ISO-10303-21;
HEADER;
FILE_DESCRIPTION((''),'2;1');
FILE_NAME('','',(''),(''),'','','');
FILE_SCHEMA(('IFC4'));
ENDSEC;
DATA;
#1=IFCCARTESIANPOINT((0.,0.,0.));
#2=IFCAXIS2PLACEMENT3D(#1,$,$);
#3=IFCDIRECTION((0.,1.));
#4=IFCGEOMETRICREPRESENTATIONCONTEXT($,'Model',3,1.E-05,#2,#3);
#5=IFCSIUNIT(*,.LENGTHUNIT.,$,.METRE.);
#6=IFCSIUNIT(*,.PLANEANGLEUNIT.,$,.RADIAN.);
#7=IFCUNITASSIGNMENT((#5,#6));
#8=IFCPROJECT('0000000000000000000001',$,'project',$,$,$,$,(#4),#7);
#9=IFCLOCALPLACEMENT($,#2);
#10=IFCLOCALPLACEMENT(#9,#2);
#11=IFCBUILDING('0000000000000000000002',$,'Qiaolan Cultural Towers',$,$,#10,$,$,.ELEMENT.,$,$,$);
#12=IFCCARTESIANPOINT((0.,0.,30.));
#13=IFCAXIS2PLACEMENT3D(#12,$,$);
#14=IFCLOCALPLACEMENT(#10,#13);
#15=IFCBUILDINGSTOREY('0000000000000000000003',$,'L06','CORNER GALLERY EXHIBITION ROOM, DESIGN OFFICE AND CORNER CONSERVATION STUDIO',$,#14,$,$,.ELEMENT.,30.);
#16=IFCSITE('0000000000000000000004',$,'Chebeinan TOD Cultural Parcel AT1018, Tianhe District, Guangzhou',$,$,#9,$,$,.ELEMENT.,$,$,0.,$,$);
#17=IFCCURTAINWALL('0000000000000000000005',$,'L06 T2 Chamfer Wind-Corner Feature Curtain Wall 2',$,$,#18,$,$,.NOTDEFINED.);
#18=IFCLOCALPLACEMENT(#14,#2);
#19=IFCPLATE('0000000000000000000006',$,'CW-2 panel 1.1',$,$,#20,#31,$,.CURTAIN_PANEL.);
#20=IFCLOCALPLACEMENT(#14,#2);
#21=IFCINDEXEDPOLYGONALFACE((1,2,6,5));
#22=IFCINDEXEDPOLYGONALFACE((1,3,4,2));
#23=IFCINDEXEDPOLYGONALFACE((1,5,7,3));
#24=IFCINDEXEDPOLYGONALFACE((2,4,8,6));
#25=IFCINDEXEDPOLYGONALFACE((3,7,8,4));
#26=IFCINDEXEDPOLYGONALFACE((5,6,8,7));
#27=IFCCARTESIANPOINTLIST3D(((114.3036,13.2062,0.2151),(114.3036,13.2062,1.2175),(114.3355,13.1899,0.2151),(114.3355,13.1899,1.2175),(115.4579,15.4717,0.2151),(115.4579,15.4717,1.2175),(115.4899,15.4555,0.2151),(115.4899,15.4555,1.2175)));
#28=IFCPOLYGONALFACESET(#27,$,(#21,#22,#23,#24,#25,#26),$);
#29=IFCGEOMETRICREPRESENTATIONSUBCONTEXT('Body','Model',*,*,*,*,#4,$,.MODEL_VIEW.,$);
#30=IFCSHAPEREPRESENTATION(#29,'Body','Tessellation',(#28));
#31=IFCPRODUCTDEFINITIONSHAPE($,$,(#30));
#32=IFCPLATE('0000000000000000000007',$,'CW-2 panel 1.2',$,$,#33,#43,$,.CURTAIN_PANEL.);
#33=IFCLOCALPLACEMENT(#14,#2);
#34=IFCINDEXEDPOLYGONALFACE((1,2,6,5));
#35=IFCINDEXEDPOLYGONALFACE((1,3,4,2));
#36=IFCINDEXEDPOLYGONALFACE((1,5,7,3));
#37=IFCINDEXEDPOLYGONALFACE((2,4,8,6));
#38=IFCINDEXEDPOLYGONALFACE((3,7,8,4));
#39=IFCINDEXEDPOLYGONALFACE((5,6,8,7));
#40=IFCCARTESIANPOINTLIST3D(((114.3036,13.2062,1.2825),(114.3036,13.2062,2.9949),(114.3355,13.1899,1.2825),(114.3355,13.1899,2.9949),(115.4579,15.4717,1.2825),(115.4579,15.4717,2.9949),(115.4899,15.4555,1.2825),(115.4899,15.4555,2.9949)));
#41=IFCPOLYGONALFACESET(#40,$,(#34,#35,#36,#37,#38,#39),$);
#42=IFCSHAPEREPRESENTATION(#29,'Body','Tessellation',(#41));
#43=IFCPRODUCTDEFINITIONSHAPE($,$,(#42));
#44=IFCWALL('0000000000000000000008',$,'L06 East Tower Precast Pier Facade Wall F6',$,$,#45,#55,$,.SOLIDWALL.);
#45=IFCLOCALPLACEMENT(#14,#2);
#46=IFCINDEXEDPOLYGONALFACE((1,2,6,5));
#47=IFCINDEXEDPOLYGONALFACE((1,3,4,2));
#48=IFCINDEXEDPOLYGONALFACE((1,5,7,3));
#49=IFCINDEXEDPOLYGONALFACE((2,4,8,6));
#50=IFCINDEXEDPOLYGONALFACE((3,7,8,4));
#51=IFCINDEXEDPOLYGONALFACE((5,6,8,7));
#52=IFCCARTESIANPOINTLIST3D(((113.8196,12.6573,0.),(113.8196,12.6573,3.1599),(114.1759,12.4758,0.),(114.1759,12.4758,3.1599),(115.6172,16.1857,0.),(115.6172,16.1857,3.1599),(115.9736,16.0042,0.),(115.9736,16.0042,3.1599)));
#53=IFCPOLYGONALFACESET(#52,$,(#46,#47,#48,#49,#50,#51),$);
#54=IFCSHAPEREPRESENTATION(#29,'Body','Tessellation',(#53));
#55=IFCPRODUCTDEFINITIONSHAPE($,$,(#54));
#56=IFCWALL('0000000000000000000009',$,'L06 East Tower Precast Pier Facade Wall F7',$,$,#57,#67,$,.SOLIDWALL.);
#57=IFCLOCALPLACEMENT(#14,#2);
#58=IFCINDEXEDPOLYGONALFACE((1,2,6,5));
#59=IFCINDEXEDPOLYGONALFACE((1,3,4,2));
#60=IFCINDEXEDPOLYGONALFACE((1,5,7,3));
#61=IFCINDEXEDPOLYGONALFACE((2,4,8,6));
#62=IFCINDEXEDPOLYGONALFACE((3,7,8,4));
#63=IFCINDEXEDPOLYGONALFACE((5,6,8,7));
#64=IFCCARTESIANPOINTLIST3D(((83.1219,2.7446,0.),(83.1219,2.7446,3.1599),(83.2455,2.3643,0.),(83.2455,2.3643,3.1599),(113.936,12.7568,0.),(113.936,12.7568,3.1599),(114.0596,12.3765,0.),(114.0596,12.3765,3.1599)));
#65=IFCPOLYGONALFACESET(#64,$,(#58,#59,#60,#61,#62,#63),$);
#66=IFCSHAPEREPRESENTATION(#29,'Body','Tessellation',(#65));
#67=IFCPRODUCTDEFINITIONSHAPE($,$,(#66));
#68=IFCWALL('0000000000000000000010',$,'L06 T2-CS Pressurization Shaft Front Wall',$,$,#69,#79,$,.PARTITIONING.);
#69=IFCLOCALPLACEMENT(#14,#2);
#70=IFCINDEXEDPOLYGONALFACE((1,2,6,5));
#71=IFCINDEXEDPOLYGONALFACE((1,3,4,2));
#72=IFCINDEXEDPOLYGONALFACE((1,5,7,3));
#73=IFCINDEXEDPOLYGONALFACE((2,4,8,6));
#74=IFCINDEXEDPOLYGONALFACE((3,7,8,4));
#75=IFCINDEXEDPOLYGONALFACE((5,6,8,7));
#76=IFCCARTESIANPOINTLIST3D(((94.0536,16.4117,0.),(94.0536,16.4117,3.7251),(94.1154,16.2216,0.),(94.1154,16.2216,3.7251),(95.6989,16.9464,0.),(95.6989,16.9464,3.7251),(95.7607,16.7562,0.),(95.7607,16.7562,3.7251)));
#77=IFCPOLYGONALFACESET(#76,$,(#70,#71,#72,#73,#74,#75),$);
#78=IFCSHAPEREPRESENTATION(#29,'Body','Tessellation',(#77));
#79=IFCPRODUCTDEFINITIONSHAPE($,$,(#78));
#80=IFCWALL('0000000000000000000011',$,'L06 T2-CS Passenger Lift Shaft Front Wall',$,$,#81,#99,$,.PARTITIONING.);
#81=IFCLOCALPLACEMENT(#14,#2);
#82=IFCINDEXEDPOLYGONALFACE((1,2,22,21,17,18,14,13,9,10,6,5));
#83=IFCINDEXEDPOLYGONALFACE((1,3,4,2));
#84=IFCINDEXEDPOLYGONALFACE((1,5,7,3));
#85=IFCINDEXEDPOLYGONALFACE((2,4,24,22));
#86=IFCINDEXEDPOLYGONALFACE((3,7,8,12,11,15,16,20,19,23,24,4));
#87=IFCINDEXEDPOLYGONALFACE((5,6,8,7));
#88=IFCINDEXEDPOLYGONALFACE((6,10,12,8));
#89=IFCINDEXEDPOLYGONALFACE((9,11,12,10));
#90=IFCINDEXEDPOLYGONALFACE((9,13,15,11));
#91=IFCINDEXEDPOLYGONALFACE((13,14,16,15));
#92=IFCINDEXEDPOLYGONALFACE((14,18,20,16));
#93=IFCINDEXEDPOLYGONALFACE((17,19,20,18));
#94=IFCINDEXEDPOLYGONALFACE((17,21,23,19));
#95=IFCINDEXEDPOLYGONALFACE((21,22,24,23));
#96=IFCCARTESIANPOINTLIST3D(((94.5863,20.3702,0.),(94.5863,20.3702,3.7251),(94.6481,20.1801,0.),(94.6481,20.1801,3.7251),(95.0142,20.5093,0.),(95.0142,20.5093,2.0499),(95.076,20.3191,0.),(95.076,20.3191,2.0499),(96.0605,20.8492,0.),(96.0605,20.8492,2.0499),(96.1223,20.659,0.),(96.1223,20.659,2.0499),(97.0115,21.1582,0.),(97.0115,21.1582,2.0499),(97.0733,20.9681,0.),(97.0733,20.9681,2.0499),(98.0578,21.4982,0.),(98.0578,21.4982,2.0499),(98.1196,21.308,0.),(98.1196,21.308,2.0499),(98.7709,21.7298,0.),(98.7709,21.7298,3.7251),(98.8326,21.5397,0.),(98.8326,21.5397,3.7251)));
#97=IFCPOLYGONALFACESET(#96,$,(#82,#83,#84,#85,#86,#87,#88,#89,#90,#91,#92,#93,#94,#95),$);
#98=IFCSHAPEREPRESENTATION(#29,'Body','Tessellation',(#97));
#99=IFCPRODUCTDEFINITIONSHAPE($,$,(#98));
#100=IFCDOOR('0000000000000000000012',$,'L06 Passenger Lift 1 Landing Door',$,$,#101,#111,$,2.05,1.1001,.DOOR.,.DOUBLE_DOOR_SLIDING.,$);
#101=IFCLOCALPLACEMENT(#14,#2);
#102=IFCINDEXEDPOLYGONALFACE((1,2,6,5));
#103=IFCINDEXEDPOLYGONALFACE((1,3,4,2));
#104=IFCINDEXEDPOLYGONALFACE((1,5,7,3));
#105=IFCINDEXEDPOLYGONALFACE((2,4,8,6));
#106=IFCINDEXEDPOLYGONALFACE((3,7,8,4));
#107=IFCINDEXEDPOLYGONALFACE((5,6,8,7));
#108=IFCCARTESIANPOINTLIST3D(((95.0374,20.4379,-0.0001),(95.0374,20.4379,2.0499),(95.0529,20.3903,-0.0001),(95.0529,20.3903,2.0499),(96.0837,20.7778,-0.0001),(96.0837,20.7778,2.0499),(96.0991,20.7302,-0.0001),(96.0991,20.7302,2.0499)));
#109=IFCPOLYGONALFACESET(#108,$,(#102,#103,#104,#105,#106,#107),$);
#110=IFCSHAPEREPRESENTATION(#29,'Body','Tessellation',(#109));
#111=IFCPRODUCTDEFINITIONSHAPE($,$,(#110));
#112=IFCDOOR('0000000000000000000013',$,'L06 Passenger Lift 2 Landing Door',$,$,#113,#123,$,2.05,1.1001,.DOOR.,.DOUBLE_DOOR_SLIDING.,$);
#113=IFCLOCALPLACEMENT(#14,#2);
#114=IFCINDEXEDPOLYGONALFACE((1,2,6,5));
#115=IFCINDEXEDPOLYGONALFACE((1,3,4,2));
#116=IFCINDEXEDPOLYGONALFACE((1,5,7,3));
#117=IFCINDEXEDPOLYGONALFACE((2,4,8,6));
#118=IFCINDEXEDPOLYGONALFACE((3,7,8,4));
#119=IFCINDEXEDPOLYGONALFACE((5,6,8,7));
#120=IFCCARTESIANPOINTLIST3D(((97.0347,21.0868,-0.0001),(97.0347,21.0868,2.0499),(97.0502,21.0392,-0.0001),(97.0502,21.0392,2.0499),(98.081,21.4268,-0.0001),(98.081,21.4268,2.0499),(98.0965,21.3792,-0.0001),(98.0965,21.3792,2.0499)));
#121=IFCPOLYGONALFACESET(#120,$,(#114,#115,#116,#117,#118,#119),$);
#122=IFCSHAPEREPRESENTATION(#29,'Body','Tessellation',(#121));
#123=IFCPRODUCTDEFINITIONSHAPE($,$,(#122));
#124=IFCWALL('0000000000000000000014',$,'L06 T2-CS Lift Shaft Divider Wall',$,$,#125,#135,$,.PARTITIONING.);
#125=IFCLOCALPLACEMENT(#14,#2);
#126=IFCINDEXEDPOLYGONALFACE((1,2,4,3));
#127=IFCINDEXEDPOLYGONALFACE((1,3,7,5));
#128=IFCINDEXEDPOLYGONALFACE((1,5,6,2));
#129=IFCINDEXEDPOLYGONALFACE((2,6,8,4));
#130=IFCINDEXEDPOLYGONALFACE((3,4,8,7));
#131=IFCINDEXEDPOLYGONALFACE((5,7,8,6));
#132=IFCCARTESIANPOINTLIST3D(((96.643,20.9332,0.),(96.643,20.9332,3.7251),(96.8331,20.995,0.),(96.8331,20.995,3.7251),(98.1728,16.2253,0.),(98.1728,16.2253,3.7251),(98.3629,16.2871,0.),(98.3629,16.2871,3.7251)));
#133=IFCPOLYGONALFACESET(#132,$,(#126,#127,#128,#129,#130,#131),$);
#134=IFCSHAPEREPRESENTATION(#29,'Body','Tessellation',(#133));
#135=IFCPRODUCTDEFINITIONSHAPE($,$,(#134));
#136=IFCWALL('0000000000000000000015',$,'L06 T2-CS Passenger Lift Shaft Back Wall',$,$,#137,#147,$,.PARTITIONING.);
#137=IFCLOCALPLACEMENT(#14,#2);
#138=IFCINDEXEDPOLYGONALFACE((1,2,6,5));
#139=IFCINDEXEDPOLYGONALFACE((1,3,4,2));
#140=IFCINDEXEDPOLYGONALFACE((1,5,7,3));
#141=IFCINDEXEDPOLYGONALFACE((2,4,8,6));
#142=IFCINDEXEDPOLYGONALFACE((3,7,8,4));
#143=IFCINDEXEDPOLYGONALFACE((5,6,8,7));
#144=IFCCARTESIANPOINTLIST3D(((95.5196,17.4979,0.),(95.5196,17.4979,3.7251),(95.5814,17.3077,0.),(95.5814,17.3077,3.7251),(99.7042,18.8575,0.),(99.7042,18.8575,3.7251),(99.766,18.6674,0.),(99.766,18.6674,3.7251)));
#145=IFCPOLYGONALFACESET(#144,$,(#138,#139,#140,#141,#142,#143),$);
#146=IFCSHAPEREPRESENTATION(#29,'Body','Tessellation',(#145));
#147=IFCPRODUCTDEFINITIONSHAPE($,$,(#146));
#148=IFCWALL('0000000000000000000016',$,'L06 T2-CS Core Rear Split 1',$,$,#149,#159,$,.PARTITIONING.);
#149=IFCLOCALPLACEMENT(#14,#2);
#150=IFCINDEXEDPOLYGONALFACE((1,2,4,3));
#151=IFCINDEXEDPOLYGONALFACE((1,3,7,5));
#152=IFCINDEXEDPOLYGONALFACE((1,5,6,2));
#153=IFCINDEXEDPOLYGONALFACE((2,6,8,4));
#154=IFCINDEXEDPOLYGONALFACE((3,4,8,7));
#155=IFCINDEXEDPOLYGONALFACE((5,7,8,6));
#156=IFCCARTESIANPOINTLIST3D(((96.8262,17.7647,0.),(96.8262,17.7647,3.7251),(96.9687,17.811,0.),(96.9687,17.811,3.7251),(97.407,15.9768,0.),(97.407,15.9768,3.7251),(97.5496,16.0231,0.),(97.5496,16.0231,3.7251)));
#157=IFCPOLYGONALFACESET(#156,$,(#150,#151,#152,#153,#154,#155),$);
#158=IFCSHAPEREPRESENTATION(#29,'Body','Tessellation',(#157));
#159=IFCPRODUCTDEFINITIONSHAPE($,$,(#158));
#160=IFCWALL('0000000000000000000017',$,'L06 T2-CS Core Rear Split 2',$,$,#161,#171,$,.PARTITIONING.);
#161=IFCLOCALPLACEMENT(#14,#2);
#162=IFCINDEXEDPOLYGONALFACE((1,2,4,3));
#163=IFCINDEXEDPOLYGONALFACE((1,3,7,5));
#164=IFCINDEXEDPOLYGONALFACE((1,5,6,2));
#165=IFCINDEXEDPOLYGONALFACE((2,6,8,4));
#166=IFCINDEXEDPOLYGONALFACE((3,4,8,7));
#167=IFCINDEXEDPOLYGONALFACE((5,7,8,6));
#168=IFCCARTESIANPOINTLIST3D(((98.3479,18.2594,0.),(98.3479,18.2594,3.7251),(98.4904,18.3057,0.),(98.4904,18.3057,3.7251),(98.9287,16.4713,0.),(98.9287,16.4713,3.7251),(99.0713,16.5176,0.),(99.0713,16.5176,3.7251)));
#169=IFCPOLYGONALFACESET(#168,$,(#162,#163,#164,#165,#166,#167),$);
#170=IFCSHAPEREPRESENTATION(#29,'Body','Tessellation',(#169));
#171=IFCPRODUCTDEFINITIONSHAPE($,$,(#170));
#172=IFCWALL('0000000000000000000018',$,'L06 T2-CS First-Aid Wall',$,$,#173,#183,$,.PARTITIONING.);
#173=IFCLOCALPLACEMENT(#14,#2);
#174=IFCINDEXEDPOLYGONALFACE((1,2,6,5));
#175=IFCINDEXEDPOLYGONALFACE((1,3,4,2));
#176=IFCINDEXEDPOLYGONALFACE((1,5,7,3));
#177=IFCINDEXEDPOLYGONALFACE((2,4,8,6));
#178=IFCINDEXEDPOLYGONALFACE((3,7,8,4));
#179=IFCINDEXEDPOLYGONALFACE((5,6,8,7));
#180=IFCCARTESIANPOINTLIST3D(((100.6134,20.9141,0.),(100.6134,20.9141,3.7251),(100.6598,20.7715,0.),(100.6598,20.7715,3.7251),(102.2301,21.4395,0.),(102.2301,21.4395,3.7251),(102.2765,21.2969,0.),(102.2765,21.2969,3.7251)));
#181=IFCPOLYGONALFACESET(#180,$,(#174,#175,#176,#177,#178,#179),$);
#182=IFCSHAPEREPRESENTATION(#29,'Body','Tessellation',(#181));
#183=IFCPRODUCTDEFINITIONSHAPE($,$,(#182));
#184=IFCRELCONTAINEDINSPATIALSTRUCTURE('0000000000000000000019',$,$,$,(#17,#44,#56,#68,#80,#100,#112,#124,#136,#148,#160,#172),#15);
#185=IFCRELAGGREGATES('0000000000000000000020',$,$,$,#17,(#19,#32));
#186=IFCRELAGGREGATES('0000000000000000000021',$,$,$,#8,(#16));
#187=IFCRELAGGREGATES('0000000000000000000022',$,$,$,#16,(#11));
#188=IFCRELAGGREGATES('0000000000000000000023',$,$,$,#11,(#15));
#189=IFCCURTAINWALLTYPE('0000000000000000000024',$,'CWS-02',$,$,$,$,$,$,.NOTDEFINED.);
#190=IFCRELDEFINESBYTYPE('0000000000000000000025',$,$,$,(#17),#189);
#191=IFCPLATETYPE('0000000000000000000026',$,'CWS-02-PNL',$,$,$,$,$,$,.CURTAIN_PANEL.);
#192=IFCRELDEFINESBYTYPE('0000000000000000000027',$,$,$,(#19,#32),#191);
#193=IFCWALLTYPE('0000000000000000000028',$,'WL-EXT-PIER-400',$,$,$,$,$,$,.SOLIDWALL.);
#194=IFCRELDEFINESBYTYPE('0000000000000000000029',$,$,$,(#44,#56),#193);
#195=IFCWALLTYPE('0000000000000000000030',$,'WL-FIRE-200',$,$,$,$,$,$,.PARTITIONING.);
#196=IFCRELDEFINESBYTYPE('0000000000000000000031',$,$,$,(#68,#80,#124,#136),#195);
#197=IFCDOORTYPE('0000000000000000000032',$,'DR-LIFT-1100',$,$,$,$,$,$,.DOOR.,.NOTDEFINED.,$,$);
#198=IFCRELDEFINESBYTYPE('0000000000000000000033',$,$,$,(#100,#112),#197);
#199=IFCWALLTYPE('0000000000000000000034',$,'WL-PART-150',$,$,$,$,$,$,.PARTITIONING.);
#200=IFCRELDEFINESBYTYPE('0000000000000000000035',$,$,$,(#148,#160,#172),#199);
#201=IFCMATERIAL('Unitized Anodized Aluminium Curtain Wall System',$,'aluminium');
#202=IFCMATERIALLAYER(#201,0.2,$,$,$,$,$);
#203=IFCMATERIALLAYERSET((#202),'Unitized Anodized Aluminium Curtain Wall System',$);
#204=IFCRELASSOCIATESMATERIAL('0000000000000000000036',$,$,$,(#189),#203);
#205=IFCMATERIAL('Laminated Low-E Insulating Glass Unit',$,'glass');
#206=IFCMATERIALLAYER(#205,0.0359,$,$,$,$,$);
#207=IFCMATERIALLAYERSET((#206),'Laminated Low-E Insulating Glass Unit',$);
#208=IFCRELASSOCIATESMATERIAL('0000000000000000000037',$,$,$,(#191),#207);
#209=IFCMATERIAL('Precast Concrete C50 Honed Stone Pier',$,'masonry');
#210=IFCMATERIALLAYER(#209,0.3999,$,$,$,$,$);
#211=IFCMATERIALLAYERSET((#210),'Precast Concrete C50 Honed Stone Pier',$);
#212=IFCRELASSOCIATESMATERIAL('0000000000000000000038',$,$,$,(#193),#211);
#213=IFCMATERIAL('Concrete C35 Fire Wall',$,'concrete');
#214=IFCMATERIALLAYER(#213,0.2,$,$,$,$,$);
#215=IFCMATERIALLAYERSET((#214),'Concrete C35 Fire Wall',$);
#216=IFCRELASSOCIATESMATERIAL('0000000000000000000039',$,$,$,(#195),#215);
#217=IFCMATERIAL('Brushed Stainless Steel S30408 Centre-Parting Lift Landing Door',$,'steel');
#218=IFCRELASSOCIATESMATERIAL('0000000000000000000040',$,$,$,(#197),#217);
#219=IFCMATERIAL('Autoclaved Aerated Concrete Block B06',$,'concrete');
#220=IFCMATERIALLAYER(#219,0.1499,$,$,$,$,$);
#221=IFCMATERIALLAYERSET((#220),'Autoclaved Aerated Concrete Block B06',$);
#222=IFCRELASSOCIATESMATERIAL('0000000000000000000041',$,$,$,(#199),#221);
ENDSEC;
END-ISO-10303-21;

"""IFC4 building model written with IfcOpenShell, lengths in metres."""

from ifc_helpers import new_model, si_unit, direction, frame, frame_2d, origin, origin_2d, place, context, subcontext, project, spatial, rectangle, extrude, material, layer, layer_set, type_object, element, fill, aggregate, save


model = new_model("IFC4")

# Units and contexts
model_context = context("Model", 3, precision=1e-05, world=origin(), true_north=direction((0.0, 1.0)))
body_context = subcontext(model_context, "Body", "Model", "MODEL_VIEW")
ifc_project = project(units=[si_unit("LENGTHUNIT", "METRE"), si_unit("PLANEANGLEUNIT", "RADIAN")], contexts=[model_context])

# Site, building, storey
site_placement = place(None, origin())
site = spatial("IfcSite", under=ifc_project, at=site_placement, Name="Chebeinan TOD Cultural Parcel AT1018, Tianhe District, Guangzhou", CompositionType="ELEMENT", RefElevation=0.0)
building_placement = place(site_placement, origin())
building = spatial("IfcBuilding", under=site, at=building_placement, Name="Qiaolan Cultural Towers", CompositionType="ELEMENT")
storey_placement = place(building_placement, frame((0.0, 0.0, 30.0)))
storey = spatial("IfcBuildingStorey", under=building, at=storey_placement, Name="L06", Description="CORNER GALLERY EXHIBITION ROOM, DESIGN OFFICE AND CORNER CONSERVATION STUDIO", CompositionType="ELEMENT", Elevation=30.0)

# Curtain wall, plates
ifc_material_1 = material(Name="Unitized Anodized Aluminium Curtain Wall System", Category="aluminium")
ifc_layer_1 = layer(ifc_material_1, 0.2)
ifc_layer_set_1 = layer_set([ifc_layer_1], Name="Unitized Anodized Aluminium Curtain Wall System")
curtain_wall_type = type_object("IfcCurtainWallType", Name="CWS-02", PredefinedType="NOTDEFINED", material=ifc_layer_set_1)
curtain_wall_placement = place(storey_placement, origin())
curtain_wall = element("IfcCurtainWall", 1, at=curtain_wall_placement, inside=storey, type_object=curtain_wall_type, Name="L06 T2 Chamfer Wind-Corner Feature Curtain Wall 2", PredefinedType="NOTDEFINED")
ifc_material_2 = material(Name="Laminated Low-E Insulating Glass Unit", Category="glass")
ifc_layer_2 = layer(ifc_material_2, 0.0359)
ifc_layer_set_2 = layer_set([ifc_layer_2], Name="Laminated Low-E Insulating Glass Unit")
plate_type = type_object("IfcPlateType", Name="CWS-02-PNL", PredefinedType="CURTAIN_PANEL", material=ifc_layer_set_2)
plate_1_placement = place(storey_placement, frame((114.8967, 14.3308, 0.2151), z_axis=(0.0, 0.0, 1.0), x_axis=(-0.45399, -0.891007, 0.0)))
plate_1 = element("IfcPlate", 2, at=plate_1_placement, type_object=plate_type, Name="CW-2 panel 1.1", PredefinedType="CURTAIN_PANEL", context=body_context, shape_type="SweptSolid", body=[
    extrude(rectangle(XDim=2.5427, YDim=0.0359, at=origin_2d()), origin(), (0.0, 0.0, 1.0), 1.0024),
])
plate_2_placement = place(storey_placement, frame((114.8967, 14.3308, 1.2825), z_axis=(0.0, 0.0, 1.0), x_axis=(-0.45399, -0.891007, 0.0)))
plate_2 = element("IfcPlate", 3, at=plate_2_placement, type_object=plate_type, Name="CW-2 panel 1.2", PredefinedType="CURTAIN_PANEL", context=body_context, shape_type="SweptSolid", body=[
    extrude(rectangle(XDim=2.5427, YDim=0.0359, at=origin_2d()), origin(), (0.0, 0.0, 1.0), 1.7124),
])
aggregate(curtain_wall, [plate_1, plate_2])

# Walls
ifc_material_3 = material(Name="Precast Concrete C50 Honed Stone Pier", Category="masonry")
ifc_layer_3 = layer(ifc_material_3, 0.3999)
ifc_layer_set_3 = layer_set([ifc_layer_3], Name="Precast Concrete C50 Honed Stone Pier")
wall_type_1 = type_object("IfcWallType", Name="WL-EXT-PIER-400", PredefinedType="SOLIDWALL", material=ifc_layer_set_3)
wall_1_placement = place(storey_placement, frame((115.7954, 16.095, 0.0), z_axis=(0.0, 0.0, 1.0), x_axis=(-0.453958, -0.891023, 0.0)))
element("IfcWall", 4, at=wall_1_placement, inside=storey, type_object=wall_type_1, Name="L06 East Tower Precast Pier Facade Wall F6", PredefinedType="SOLIDWALL", context=body_context, shape_type="SweptSolid", body=[
    extrude(rectangle(XDim=3.96, YDim=0.3999, at=frame_2d((1.98, 0.0))), origin(), (0.0, 0.0, 1.0), 3.1599),
])
wall_2_placement = place(storey_placement, frame((113.9978, 12.5667, 0.0), z_axis=(0.0, 0.0, 1.0), x_axis=(-0.951056, -0.309019, 0.0)))
element("IfcWall", 5, at=wall_2_placement, inside=storey, type_object=wall_type_1, Name="L06 East Tower Precast Pier Facade Wall F7", PredefinedType="SOLIDWALL", context=body_context, shape_type="SweptSolid", body=[
    extrude(rectangle(XDim=32.3999, YDim=0.3999, at=frame_2d((16.2, 0.0))), origin(), (0.0, 0.0, 1.0), 3.1599),
])
ifc_material_4 = material(Name="Concrete C35 Fire Wall", Category="concrete")
ifc_layer_4 = layer(ifc_material_4, 0.2)
ifc_layer_set_4 = layer_set([ifc_layer_4], Name="Concrete C35 Fire Wall")
wall_type_2 = type_object("IfcWallType", Name="WL-FIRE-200", PredefinedType="PARTITIONING", material=ifc_layer_set_4)
wall_3_placement = place(storey_placement, frame((94.0845, 16.3167, 0.0), z_axis=(0.0, 0.0, 1.0), x_axis=(0.951041, 0.309064, 0.0)))
element("IfcWall", 6, at=wall_3_placement, inside=storey, type_object=wall_type_2, Name="L06 T2-CS Pressurization Shaft Front Wall", PredefinedType="PARTITIONING", context=body_context, shape_type="SweptSolid", body=[
    extrude(rectangle(XDim=1.73, YDim=0.2, at=frame_2d((0.865, 0.0))), origin(), (0.0, 0.0, 1.0), 3.7251),
])

# Wall, openings, doors
wall_4_placement = place(storey_placement, frame((94.6172, 20.2751, 0.0), z_axis=(0.0, 0.0, 1.0), x_axis=(0.951059, 0.309011, 0.0)))
wall_4 = element("IfcWall", 7, at=wall_4_placement, inside=storey, type_object=wall_type_2, Name="L06 T2-CS Passenger Lift Shaft Front Wall", PredefinedType="PARTITIONING", context=body_context, shape_type="SweptSolid", body=[
    extrude(rectangle(XDim=4.3999, YDim=0.2, at=frame_2d((2.2, 0.0))), origin(), (0.0, 0.0, 1.0), 3.7251),
])
opening_1_placement = place(wall_4_placement, frame((0.45, 0.0, 0.0)))
opening_1 = element("IfcOpeningElement", 8, at=opening_1_placement, cuts=wall_4, PredefinedType="OPENING", context=body_context, shape_type="SweptSolid", body=[
    extrude(rectangle(XDim=1.1001, YDim=2.05, at=frame_2d((0.55, 1.0249))), frame((0.0, 0.1099, 0.0), z_axis=(0.0, -1.0, 0.0), x_axis=(1.0, 0.0, 0.0)), (0.0, 0.0, 1.0), 0.22),
])
opening_2_placement = place(wall_4_placement, frame((2.55, 0.0, 0.0)))
opening_2 = element("IfcOpeningElement", 9, at=opening_2_placement, cuts=wall_4, PredefinedType="OPENING", context=body_context, shape_type="SweptSolid", body=[
    extrude(rectangle(XDim=1.1001, YDim=2.05, at=frame_2d((0.55, 1.0249))), frame((0.0, 0.1099, 0.0), z_axis=(0.0, -1.0, 0.0), x_axis=(1.0, 0.0, 0.0)), (0.0, 0.0, 1.0), 0.22),
])
ifc_material_5 = material(Name="Brushed Stainless Steel S30408 Centre-Parting Lift Landing Door", Category="steel")
door_type = type_object("IfcDoorType", Name="DR-LIFT-1100", OperationType="NOTDEFINED", PredefinedType="DOOR", material=ifc_material_5)
door_1_placement = place(opening_1_placement, origin())
door_1 = element("IfcDoor", 10, at=door_1_placement, inside=storey, type_object=door_type, Name="L06 Passenger Lift 1 Landing Door", OperationType="DOUBLE_DOOR_SLIDING", OverallHeight=2.05, OverallWidth=1.1001, PredefinedType="DOOR", context=body_context, shape_type="SweptSolid", body=[
    extrude(rectangle(XDim=1.1001, YDim=2.05, at=frame_2d((0.55, 1.0249))), frame((0.0, 0.0249, 0.0), z_axis=(0.0, -1.0, 0.0), x_axis=(1.0, 0.0, 0.0)), (0.0, 0.0, 1.0), 0.05),
])
fill(opening_1, door_1)
door_2_placement = place(opening_2_placement, origin())
door_2 = element("IfcDoor", 11, at=door_2_placement, inside=storey, type_object=door_type, Name="L06 Passenger Lift 2 Landing Door", OperationType="DOUBLE_DOOR_SLIDING", OverallHeight=2.05, OverallWidth=1.1001, PredefinedType="DOOR", context=body_context, shape_type="SweptSolid", body=[
    extrude(rectangle(XDim=1.1001, YDim=2.05, at=frame_2d((0.55, 1.0249))), frame((0.0, 0.0249, 0.0), z_axis=(0.0, -1.0, 0.0), x_axis=(1.0, 0.0, 0.0)), (0.0, 0.0, 1.0), 0.05),
])
fill(opening_2, door_2)

# Walls
wall_5_placement = place(storey_placement, frame((96.738, 20.9641, 0.0), z_axis=(0.0, 0.0, 1.0), x_axis=(0.309043, -0.951048, 0.0)))
element("IfcWall", 12, at=wall_5_placement, inside=storey, type_object=wall_type_2, Name="L06 T2-CS Lift Shaft Divider Wall", PredefinedType="PARTITIONING", context=body_context, shape_type="SweptSolid", body=[
    extrude(rectangle(XDim=4.9502, YDim=0.2, at=frame_2d((2.4751, 0.0))), origin(), (0.0, 0.0, 1.0), 3.7251),
])
wall_6_placement = place(storey_placement, frame((95.5505, 17.4028, 0.0), z_axis=(0.0, 0.0, 1.0), x_axis=(0.951059, 0.309011, 0.0)))
element("IfcWall", 13, at=wall_6_placement, inside=storey, type_object=wall_type_2, Name="L06 T2-CS Passenger Lift Shaft Back Wall", PredefinedType="PARTITIONING", context=body_context, shape_type="SweptSolid", body=[
    extrude(rectangle(XDim=4.3999, YDim=0.2, at=frame_2d((2.2, 0.0))), origin(), (0.0, 0.0, 1.0), 3.7251),
])
ifc_material_6 = material(Name="Autoclaved Aerated Concrete Block B06", Category="concrete")
ifc_layer_5 = layer(ifc_material_6, 0.1499)
ifc_layer_set_5 = layer_set([ifc_layer_5], Name="Autoclaved Aerated Concrete Block B06")
wall_type_3 = type_object("IfcWallType", Name="WL-PART-150", PredefinedType="PARTITIONING", material=ifc_layer_set_5)
wall_7_placement = place(storey_placement, frame((96.8975, 17.7878, 0.0), z_axis=(0.0, 0.0, 1.0), x_axis=(0.308972, -0.951071, 0.0)))
element("IfcWall", 14, at=wall_7_placement, inside=storey, type_object=wall_type_3, Name="L06 T2-CS Core Rear Split 1", PredefinedType="PARTITIONING", context=body_context, shape_type="SweptSolid", body=[
    extrude(rectangle(XDim=1.8799, YDim=0.1499, at=frame_2d((0.9399, 0.0))), origin(), (0.0, 0.0, 1.0), 3.7251),
])
wall_8_placement = place(storey_placement, frame((98.4192, 18.2825, 0.0), z_axis=(0.0, 0.0, 1.0), x_axis=(0.308933, -0.951084, 0.0)))
element("IfcWall", 15, at=wall_8_placement, inside=storey, type_object=wall_type_3, Name="L06 T2-CS Core Rear Split 2", PredefinedType="PARTITIONING", context=body_context, shape_type="SweptSolid", body=[
    extrude(rectangle(XDim=1.8801, YDim=0.1499, at=frame_2d((0.9399, 0.0))), origin(), (0.0, 0.0, 1.0), 3.7251),
])
wall_9_placement = place(storey_placement, frame((100.6365, 20.8428, 0.0), z_axis=(0.0, 0.0, 1.0), x_axis=(0.95104, 0.309067, 0.0)))
element("IfcWall", 16, at=wall_9_placement, inside=storey, type_object=wall_type_3, Name="L06 T2-CS First-Aid Wall", PredefinedType="PARTITIONING", context=body_context, shape_type="SweptSolid", body=[
    extrude(rectangle(XDim=1.7, YDim=0.1499, at=frame_2d((0.8501, 0.0))), origin(), (0.0, 0.0, 1.0), 3.7251),
])

save(model, "model.ifc")
